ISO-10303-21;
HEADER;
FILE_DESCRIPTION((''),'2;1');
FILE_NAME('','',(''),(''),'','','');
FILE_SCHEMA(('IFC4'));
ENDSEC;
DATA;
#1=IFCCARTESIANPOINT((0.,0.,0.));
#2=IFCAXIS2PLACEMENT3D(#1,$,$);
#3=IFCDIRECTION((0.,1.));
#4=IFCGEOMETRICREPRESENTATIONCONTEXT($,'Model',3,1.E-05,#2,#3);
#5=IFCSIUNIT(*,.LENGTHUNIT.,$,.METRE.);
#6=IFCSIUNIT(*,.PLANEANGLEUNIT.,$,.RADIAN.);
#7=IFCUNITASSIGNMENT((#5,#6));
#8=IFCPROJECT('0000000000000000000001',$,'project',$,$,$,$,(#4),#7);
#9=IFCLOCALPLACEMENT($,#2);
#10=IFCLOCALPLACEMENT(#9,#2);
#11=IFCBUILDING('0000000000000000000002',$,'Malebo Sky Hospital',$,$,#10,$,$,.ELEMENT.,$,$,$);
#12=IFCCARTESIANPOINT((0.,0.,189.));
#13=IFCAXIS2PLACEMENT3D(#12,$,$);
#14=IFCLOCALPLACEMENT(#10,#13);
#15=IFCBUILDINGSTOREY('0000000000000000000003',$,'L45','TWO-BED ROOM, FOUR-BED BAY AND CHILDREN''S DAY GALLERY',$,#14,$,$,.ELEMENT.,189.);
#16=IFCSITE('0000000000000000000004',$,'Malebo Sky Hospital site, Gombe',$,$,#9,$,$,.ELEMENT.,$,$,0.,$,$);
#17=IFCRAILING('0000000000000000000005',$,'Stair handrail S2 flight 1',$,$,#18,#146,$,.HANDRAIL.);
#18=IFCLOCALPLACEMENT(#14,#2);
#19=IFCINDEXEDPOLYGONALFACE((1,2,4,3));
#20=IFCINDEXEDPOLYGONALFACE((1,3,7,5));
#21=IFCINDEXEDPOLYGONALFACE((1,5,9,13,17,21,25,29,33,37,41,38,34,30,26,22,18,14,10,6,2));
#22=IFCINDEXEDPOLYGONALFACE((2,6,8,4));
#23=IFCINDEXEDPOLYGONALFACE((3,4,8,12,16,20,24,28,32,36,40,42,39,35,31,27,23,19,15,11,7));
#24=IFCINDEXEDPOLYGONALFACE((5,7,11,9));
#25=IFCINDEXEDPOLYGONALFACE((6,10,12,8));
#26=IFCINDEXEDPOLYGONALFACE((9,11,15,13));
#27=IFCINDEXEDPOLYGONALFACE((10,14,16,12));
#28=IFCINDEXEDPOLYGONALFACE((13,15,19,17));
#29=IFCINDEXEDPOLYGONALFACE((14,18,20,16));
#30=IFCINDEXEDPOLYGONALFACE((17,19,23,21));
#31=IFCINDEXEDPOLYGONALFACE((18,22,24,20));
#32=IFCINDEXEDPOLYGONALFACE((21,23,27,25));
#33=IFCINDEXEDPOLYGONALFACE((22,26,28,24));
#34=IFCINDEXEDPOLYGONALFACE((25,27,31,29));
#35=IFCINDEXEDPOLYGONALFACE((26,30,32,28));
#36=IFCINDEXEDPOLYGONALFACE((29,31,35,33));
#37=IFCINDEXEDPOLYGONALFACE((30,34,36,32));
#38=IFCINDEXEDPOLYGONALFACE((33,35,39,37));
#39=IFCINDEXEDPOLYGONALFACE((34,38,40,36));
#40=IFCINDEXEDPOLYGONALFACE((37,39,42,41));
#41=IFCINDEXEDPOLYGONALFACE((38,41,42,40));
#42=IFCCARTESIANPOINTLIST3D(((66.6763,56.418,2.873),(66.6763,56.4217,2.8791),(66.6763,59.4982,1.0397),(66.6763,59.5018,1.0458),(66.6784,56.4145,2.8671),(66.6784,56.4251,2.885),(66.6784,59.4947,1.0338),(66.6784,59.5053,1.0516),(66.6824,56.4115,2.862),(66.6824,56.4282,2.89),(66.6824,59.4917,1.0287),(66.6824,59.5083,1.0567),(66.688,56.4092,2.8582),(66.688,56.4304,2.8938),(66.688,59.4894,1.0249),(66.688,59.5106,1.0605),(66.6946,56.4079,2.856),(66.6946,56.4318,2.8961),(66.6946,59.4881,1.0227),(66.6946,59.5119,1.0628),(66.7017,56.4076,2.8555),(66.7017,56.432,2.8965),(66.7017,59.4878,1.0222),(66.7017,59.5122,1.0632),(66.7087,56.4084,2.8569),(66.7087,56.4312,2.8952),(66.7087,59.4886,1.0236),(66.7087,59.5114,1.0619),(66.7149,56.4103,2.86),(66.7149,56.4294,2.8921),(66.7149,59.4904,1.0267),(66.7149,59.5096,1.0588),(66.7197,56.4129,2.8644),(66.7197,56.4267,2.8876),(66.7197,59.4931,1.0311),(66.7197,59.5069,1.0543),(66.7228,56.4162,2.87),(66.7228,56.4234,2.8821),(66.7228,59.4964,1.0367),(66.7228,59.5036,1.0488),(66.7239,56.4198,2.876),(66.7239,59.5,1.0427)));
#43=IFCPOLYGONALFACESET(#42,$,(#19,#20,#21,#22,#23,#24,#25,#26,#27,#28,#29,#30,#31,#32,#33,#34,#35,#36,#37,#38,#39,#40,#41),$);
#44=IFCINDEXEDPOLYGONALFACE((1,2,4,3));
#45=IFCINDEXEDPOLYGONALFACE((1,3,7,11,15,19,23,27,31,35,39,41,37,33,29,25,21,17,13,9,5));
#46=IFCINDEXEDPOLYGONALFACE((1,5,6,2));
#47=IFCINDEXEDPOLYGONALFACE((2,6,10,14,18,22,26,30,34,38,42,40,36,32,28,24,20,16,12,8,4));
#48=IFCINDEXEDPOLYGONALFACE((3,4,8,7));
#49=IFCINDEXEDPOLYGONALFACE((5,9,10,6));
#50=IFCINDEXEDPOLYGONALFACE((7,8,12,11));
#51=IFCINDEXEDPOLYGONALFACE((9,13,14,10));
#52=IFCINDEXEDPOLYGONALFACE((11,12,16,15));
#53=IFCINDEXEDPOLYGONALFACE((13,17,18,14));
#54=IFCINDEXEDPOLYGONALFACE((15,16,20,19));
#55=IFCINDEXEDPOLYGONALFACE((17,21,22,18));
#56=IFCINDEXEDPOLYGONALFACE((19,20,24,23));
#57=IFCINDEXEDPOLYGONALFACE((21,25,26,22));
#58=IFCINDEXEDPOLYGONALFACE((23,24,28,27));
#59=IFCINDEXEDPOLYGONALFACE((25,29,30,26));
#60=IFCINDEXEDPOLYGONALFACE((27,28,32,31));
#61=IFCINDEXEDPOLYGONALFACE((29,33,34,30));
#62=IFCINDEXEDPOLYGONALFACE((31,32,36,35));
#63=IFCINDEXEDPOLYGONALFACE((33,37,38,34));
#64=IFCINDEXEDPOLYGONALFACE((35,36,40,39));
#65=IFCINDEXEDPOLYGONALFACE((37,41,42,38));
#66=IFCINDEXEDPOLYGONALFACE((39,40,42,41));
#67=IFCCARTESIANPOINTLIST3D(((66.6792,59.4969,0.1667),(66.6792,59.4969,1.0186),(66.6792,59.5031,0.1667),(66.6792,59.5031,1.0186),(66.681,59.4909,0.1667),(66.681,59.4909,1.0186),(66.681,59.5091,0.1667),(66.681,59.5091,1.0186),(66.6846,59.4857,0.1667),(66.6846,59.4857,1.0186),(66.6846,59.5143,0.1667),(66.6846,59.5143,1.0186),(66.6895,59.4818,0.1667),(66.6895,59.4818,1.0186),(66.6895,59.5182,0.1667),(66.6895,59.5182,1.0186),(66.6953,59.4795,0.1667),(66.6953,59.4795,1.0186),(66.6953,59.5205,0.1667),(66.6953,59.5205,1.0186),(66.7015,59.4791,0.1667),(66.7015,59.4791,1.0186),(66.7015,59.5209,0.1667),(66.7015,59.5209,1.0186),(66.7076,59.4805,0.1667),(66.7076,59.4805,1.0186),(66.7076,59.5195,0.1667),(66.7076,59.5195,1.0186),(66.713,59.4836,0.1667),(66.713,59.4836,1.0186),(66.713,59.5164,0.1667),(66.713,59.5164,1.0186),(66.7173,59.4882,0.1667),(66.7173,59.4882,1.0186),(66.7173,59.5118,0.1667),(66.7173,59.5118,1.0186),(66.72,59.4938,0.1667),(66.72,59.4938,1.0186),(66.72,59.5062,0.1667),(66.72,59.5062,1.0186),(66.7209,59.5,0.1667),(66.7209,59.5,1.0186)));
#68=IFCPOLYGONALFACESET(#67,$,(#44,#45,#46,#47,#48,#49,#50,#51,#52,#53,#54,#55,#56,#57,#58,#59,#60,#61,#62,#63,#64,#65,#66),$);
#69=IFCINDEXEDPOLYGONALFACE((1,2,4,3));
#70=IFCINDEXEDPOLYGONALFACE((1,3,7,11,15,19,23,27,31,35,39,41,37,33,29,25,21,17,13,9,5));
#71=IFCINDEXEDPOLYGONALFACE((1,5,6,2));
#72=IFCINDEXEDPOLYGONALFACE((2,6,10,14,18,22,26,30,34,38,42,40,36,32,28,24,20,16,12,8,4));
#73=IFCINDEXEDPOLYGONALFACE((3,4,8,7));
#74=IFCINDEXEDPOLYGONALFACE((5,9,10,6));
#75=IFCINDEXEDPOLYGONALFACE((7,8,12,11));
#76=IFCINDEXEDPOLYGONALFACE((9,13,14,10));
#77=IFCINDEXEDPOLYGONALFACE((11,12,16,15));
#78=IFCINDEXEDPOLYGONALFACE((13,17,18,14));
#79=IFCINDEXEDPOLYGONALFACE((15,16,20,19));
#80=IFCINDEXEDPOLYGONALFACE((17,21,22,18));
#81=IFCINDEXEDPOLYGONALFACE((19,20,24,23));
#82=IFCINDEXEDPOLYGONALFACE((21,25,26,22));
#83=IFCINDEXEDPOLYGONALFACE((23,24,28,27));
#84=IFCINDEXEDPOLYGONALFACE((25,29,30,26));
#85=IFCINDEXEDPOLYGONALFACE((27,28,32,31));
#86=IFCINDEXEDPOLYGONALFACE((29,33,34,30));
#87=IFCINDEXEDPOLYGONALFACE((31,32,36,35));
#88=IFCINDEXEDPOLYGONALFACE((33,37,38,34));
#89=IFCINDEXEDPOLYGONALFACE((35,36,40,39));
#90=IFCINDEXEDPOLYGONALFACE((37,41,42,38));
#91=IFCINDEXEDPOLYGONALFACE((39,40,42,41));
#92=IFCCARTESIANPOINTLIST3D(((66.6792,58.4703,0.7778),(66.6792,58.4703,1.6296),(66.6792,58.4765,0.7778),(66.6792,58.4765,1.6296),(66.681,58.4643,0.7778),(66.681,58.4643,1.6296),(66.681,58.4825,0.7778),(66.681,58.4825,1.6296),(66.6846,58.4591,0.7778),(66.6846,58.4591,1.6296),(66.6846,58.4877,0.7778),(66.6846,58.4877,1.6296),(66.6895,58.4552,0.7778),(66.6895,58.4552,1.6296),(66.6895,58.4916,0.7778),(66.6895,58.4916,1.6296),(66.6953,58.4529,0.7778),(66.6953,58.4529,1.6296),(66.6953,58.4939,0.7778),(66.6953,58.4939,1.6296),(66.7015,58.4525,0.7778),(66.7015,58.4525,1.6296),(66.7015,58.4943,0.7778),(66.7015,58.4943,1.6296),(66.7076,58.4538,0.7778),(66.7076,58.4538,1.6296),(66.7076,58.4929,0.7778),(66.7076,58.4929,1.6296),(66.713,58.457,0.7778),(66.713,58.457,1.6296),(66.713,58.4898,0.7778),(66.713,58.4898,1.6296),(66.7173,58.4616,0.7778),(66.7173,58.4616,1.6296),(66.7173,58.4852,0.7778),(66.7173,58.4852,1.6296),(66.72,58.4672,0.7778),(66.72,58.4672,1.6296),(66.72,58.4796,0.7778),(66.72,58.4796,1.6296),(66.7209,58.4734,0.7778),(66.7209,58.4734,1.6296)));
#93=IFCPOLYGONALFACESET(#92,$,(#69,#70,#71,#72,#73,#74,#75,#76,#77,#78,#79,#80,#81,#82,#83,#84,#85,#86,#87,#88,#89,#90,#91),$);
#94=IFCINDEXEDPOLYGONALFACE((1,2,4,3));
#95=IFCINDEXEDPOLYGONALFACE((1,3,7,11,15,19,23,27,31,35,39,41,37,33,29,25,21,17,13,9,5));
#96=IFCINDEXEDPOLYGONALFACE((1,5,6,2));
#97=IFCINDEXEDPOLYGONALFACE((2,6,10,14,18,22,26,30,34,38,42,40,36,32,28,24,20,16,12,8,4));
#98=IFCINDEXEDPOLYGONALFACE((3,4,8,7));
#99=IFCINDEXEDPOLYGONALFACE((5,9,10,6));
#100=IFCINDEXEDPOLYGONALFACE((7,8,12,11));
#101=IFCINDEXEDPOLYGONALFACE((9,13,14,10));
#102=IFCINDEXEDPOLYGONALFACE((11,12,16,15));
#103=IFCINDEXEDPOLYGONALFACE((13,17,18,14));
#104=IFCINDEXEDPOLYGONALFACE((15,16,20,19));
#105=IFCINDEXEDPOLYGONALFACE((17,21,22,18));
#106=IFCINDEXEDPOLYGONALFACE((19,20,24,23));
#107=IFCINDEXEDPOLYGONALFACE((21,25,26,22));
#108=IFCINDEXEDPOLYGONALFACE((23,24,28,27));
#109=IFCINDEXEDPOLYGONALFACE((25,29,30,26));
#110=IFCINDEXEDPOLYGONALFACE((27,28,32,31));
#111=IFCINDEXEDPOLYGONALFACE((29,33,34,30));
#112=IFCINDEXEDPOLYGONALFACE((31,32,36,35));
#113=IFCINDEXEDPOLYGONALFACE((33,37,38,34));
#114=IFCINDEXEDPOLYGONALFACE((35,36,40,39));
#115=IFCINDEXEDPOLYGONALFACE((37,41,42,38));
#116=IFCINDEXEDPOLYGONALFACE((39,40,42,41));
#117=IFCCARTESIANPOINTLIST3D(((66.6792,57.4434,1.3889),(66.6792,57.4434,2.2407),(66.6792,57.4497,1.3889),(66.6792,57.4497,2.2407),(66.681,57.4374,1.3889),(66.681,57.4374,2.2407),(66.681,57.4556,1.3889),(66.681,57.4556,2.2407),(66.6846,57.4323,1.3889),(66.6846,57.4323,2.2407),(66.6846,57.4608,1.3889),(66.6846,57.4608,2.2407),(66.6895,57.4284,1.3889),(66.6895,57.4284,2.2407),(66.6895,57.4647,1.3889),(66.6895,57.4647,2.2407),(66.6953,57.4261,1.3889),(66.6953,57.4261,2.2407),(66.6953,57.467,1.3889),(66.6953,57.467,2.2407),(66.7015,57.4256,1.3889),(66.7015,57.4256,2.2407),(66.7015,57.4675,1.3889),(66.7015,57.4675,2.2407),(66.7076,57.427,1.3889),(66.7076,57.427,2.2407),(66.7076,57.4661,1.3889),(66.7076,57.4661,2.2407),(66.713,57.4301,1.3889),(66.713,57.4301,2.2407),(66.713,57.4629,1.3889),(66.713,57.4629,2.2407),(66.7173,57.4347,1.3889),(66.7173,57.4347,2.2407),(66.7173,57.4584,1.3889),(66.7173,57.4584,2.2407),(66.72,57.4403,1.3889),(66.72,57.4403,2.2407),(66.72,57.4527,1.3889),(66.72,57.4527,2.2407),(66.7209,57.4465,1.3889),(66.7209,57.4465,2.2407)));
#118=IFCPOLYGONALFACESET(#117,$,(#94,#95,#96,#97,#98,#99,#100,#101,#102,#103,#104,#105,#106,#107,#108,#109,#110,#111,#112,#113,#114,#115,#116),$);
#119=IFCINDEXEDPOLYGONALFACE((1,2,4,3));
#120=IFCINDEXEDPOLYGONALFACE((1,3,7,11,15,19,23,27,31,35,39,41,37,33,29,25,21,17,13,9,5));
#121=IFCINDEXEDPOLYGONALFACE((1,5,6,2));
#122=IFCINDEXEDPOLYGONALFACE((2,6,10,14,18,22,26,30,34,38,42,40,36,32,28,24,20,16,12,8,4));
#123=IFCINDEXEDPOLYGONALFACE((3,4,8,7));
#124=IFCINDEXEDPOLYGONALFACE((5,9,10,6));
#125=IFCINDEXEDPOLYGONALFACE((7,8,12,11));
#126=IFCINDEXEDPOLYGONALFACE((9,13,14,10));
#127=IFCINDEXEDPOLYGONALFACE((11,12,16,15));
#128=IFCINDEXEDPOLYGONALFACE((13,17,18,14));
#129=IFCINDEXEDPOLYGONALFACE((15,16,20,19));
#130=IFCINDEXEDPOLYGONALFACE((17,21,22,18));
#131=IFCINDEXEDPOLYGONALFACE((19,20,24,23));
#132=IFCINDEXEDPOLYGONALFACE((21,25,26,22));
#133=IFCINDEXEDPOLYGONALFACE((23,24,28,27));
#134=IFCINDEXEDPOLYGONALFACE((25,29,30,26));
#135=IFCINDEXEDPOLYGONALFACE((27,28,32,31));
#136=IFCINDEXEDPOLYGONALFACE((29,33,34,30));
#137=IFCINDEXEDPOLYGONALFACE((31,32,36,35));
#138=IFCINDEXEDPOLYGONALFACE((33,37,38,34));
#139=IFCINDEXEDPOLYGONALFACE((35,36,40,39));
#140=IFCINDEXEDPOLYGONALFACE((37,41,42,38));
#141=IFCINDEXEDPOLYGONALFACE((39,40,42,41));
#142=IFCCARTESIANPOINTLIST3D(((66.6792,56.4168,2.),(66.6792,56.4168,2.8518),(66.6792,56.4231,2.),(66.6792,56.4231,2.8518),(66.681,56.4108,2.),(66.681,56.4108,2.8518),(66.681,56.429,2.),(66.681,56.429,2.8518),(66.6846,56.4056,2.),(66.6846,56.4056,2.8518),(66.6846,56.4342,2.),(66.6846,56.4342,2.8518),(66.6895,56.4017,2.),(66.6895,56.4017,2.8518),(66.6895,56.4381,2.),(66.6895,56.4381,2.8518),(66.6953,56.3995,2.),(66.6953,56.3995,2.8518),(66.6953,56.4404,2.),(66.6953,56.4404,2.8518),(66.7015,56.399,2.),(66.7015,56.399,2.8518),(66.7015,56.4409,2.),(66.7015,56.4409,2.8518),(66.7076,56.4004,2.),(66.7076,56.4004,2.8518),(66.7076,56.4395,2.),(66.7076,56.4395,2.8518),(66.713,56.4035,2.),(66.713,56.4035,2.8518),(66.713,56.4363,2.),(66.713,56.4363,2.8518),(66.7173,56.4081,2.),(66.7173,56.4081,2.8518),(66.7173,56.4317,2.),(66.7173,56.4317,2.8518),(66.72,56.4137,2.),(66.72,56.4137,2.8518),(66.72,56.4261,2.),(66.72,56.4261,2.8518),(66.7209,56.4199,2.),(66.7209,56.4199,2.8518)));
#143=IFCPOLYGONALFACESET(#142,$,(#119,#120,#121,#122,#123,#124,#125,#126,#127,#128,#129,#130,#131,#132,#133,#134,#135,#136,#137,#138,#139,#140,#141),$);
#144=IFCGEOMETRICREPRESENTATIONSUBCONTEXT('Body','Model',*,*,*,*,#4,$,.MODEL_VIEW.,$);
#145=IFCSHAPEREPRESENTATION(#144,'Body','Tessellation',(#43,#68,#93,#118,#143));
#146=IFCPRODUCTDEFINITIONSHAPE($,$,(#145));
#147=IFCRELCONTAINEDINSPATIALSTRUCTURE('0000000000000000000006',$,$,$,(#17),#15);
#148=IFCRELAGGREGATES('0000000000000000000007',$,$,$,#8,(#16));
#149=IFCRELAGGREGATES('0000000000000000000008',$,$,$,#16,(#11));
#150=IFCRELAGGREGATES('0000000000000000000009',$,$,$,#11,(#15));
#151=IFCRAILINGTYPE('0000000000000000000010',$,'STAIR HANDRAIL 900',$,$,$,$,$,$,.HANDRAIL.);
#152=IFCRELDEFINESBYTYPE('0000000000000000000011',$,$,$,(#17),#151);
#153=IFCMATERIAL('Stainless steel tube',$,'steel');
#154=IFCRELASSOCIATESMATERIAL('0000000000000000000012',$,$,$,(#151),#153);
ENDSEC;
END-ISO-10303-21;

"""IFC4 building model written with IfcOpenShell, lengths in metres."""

from ifc_helpers import new_model, si_unit, direction, frame, origin, origin_2d, place, context, subcontext, project, spatial, circle, extrude, material, type_object, element, save


model = new_model("IFC4")

# Units and contexts
model_context = context("Model", 3, precision=1e-05, world=origin(), true_north=direction((0.0, 1.0)))
body_context = subcontext(model_context, "Body", "Model", "MODEL_VIEW")
ifc_project = project(units=[si_unit("LENGTHUNIT", "METRE"), si_unit("PLANEANGLEUNIT", "RADIAN")], contexts=[model_context])

# Site, building, storey
site_placement = place(None, origin())
site = spatial("IfcSite", under=ifc_project, at=site_placement, Name="Malebo Sky Hospital site, Gombe", CompositionType="ELEMENT", RefElevation=0.0)
building_placement = place(site_placement, origin())
building = spatial("IfcBuilding", under=site, at=building_placement, Name="Malebo Sky Hospital", CompositionType="ELEMENT")
storey_placement = place(building_placement, frame((0.0, 0.0, 189.0)))
storey = spatial("IfcBuildingStorey", under=building, at=storey_placement, Name="L45", Description="TWO-BED ROOM, FOUR-BED BAY AND CHILDREN'S DAY GALLERY", CompositionType="ELEMENT", Elevation=189.0)

# Railing
ifc_material_1 = material(Name="Stainless steel tube", Category="steel")
railing_type = type_object("IfcRailingType", Name="STAIR HANDRAIL 900", PredefinedType="HANDRAIL", material=ifc_material_1)
railing_1_placement = place(storey_placement, frame((66.7, 59.5, 0.1667)))
element("IfcRailing", 1, at=railing_1_placement, inside=storey, type_object=railing_type, Name="Stair handrail S2 flight 1", PredefinedType="HANDRAIL", context=body_context, shape_type="SweptSolid", body=[
    extrude(circle(Radius=0.0239, at=origin_2d()), frame((0.0, 0.0, 0.876), z_axis=(0.0, -0.859309, 0.511458), x_axis=(1.0, 0.0, 0.0)), (0.0, 0.0, 1.0), 3.5845),
    extrude(circle(Radius=0.021, at=origin_2d()), origin(), (0.0, 0.0, 1.0), 0.8518),
    extrude(circle(Radius=0.021, at=origin_2d()), frame((0.0, -1.0266, 0.6111)), (0.0, 0.0, 1.0), 0.8518),
    extrude(circle(Radius=0.021, at=origin_2d()), frame((0.0, -2.0535, 1.2222)), (0.0, 0.0, 1.0), 0.8518),
    extrude(circle(Radius=0.021, at=origin_2d()), frame((0.0, -3.0801, 1.8333)), (0.0, 0.0, 1.0), 0.8518),
])

save(model, "model.ifc")
